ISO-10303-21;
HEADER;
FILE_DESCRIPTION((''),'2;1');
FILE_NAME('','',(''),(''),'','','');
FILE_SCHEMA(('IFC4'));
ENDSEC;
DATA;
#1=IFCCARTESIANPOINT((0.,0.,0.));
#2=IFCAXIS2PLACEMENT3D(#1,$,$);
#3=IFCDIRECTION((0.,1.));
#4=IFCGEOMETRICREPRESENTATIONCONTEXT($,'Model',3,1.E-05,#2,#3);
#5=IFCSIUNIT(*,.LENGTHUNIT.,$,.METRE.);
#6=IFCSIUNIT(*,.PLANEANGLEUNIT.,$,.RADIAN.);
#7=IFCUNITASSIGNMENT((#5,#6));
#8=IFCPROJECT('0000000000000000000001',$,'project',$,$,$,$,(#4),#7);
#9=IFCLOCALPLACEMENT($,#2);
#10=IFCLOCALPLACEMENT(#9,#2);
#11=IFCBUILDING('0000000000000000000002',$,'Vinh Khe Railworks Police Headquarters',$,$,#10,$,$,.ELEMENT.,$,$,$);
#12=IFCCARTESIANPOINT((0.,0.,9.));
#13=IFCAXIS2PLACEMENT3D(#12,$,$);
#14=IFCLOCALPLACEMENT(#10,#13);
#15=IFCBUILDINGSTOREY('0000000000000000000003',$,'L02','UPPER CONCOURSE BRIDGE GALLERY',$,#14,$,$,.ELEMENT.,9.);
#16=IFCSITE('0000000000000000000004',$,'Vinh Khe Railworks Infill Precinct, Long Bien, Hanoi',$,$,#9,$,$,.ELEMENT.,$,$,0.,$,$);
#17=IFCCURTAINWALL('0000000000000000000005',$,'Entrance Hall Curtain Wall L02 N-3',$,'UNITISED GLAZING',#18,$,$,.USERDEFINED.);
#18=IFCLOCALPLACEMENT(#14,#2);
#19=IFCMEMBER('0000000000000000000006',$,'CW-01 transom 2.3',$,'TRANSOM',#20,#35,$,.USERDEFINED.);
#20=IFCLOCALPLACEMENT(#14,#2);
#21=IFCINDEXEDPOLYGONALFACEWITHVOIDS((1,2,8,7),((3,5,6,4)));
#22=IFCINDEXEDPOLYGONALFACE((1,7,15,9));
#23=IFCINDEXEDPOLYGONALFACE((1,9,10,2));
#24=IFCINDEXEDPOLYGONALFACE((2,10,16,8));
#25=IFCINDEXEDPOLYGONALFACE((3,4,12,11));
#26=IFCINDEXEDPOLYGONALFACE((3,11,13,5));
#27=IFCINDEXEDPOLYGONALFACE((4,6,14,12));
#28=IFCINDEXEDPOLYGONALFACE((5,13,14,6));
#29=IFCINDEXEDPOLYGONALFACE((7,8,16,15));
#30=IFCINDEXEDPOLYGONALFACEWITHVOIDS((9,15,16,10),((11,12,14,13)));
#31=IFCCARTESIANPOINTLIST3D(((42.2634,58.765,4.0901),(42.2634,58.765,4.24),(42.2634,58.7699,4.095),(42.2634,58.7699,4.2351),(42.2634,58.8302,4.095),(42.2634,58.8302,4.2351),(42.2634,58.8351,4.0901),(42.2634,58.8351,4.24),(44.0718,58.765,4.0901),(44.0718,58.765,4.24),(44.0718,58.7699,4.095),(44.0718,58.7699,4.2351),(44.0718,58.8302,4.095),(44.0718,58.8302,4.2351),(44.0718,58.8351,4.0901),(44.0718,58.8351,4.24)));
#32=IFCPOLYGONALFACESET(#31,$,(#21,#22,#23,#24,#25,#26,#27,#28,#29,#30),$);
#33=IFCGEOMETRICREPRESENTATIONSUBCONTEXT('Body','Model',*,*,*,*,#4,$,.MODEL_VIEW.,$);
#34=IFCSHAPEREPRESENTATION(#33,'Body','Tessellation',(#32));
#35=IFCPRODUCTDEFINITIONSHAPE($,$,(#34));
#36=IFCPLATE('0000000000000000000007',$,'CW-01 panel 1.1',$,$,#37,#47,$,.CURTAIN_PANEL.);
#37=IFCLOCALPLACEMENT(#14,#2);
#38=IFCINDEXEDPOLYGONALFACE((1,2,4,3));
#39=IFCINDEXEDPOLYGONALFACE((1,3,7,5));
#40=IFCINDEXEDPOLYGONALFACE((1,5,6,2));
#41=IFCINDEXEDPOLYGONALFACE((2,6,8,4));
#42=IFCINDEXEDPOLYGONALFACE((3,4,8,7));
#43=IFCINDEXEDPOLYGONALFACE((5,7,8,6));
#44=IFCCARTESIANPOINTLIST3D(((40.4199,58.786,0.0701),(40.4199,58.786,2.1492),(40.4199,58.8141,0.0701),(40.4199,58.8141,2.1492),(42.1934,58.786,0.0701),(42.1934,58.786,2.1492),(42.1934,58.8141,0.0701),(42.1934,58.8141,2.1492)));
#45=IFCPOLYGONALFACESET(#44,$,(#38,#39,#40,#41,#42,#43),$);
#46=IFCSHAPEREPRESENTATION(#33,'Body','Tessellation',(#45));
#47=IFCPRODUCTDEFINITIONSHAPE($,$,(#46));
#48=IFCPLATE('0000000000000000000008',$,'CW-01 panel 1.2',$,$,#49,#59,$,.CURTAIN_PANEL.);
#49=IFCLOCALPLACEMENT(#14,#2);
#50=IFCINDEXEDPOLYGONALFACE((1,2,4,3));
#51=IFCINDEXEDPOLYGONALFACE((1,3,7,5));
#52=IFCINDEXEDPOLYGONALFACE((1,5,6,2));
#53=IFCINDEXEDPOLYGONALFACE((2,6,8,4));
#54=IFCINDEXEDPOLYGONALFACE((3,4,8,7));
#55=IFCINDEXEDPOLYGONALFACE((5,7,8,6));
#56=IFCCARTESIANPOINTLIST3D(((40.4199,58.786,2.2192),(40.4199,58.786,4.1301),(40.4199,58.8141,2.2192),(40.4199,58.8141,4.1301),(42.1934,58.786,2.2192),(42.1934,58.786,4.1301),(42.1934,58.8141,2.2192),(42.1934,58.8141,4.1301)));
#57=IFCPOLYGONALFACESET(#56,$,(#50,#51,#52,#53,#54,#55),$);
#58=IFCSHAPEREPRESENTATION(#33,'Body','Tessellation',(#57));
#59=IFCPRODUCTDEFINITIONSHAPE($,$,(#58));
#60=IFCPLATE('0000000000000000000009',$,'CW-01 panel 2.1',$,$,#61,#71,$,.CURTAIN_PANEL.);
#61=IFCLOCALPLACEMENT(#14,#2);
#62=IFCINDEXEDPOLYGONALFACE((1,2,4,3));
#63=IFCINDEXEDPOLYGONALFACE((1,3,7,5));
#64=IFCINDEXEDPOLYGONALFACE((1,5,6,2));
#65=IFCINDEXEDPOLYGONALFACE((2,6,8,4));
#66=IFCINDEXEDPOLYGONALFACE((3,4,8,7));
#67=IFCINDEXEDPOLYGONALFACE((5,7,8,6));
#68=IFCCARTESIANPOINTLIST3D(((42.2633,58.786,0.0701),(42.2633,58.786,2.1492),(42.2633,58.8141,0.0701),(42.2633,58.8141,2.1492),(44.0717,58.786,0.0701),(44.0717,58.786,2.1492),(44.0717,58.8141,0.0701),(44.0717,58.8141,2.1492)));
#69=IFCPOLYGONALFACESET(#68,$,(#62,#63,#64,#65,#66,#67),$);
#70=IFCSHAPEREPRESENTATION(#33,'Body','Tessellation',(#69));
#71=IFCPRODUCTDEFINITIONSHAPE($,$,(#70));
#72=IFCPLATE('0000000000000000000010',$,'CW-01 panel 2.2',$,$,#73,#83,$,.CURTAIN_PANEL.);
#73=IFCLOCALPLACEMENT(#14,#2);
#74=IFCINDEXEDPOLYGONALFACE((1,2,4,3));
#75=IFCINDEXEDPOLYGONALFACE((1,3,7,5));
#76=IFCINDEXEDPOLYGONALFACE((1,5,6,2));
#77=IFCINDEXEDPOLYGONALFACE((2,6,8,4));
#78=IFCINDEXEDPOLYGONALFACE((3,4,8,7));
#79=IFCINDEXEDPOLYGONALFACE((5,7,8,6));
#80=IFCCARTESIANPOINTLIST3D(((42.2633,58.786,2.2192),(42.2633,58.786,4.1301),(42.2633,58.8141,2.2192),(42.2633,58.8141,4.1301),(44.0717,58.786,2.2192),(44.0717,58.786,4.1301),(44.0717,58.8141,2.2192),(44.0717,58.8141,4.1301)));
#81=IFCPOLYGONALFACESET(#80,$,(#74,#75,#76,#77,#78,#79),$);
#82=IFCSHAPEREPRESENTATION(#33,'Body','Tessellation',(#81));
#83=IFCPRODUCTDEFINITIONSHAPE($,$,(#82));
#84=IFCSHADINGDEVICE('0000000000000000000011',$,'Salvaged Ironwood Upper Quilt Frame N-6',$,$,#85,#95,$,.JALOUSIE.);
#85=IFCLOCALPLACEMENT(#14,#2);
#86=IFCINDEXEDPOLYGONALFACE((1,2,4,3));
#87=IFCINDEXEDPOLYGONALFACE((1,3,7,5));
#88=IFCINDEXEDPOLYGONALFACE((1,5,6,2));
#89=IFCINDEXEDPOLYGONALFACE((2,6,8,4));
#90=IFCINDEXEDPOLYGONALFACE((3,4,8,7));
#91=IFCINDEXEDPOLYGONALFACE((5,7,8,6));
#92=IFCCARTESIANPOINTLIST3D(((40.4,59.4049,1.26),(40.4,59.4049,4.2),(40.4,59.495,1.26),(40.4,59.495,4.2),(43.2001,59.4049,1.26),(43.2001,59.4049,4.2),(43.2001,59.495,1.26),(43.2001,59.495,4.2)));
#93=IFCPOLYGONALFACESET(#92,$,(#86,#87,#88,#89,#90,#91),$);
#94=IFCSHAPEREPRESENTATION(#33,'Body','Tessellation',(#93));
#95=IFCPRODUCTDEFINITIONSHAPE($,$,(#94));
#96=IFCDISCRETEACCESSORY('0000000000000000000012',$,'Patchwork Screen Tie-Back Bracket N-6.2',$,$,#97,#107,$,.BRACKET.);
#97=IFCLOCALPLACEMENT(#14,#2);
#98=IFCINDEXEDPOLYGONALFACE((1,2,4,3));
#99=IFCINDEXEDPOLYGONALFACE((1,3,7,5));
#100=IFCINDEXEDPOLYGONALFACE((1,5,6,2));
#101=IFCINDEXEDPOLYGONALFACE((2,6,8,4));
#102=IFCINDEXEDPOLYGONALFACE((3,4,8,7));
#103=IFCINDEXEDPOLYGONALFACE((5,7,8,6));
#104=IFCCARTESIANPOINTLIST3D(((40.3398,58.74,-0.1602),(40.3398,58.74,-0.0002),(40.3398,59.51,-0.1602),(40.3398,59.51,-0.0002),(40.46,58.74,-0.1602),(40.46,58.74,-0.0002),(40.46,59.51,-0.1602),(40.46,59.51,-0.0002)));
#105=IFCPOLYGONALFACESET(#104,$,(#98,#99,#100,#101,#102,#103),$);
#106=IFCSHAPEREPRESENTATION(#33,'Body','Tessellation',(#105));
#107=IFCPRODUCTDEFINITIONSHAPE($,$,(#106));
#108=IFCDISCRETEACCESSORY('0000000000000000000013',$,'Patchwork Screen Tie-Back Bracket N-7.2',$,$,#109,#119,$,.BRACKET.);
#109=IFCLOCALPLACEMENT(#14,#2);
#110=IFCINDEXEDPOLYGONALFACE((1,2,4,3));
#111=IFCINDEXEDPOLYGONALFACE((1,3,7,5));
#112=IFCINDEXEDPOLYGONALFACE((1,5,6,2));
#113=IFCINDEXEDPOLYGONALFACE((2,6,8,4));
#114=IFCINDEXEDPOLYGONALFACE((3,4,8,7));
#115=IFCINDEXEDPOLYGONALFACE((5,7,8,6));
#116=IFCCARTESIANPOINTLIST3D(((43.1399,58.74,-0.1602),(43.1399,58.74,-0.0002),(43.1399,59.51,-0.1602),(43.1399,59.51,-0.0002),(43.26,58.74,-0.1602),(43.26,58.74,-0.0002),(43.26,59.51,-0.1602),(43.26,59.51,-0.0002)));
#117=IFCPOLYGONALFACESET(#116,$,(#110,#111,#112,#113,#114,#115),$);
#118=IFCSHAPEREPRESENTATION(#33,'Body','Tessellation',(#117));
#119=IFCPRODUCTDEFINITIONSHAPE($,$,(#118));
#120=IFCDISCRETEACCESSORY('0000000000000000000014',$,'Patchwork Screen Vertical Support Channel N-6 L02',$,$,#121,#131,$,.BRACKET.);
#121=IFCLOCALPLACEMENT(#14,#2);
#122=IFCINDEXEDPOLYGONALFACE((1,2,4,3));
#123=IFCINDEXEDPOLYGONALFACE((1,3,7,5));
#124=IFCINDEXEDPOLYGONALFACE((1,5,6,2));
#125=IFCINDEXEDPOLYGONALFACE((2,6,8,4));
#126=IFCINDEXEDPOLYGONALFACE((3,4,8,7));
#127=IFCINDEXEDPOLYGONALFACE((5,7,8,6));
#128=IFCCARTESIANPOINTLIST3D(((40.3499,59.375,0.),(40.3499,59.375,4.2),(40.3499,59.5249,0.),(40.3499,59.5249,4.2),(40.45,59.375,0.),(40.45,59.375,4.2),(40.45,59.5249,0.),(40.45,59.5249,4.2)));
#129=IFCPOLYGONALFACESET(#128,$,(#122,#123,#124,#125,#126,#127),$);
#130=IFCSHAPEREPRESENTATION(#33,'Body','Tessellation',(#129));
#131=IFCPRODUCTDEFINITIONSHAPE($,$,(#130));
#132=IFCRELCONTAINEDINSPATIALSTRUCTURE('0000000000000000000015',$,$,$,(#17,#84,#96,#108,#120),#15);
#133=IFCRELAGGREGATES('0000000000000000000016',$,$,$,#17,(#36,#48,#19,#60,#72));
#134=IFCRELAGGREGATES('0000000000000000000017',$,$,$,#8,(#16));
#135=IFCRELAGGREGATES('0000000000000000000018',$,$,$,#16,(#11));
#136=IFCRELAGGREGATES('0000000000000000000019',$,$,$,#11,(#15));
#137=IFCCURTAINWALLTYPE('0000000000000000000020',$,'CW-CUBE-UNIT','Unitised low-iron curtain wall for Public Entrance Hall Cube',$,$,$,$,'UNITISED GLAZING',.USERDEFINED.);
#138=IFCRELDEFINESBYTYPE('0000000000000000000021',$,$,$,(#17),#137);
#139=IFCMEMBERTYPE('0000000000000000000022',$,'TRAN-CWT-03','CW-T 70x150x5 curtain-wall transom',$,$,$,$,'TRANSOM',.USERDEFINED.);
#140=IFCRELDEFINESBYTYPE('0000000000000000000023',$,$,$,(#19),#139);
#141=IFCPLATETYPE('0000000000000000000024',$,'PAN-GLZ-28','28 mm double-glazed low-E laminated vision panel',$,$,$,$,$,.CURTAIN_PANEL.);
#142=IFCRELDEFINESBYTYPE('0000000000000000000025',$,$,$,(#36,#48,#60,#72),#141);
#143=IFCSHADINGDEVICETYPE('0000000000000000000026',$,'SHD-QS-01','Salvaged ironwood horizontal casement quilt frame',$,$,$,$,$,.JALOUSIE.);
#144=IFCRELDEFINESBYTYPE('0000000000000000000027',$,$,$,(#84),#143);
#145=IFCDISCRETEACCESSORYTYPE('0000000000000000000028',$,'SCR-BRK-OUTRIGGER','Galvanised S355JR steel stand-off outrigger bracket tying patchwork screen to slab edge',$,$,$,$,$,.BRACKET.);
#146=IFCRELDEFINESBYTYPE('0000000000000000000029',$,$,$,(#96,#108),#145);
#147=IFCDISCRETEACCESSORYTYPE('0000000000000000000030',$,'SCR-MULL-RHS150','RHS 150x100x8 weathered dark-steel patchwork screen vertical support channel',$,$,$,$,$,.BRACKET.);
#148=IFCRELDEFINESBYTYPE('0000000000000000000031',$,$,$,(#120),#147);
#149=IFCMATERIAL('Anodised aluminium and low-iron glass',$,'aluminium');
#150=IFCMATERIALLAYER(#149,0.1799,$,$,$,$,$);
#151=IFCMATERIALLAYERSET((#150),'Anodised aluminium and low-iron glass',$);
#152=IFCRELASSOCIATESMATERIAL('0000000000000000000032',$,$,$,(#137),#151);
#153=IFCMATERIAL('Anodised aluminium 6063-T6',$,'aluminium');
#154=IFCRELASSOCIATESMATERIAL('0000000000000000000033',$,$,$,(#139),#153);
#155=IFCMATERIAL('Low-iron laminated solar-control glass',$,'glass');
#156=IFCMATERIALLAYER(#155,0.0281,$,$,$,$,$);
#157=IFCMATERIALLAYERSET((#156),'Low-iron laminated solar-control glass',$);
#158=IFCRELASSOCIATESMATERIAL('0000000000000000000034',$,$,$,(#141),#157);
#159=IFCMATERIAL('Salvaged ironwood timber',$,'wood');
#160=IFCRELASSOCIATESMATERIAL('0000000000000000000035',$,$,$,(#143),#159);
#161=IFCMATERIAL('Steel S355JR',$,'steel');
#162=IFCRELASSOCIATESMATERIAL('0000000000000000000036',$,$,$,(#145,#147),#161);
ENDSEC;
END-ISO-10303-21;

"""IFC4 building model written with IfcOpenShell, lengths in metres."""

from ifc_helpers import new_model, si_unit, direction, frame, origin, origin_2d, place, context, subcontext, project, spatial, rectangle, hollow_rectangle, extrude, material, layer, layer_set, material_profile, profile_set, type_object, element, aggregate, save


model = new_model("IFC4")

# Units and contexts
model_context = context("Model", 3, precision=1e-05, world=origin(), true_north=direction((0.0, 1.0)))
body_context = subcontext(model_context, "Body", "Model", "MODEL_VIEW")
ifc_project = project(units=[si_unit("LENGTHUNIT", "METRE"), si_unit("PLANEANGLEUNIT", "RADIAN")], contexts=[model_context])

# Site, building, storey
site_placement = place(None, origin())
site = spatial("IfcSite", under=ifc_project, at=site_placement, Name="Vinh Khe Railworks Infill Precinct, Long Bien, Hanoi", CompositionType="ELEMENT", RefElevation=0.0)
building_placement = place(site_placement, origin())
building = spatial("IfcBuilding", under=site, at=building_placement, Name="Vinh Khe Railworks Police Headquarters", CompositionType="ELEMENT")
storey_placement = place(building_placement, frame((0.0, 0.0, 9.0)))
storey = spatial("IfcBuildingStorey", under=building, at=storey_placement, Name="L02", Description="UPPER CONCOURSE BRIDGE GALLERY", CompositionType="ELEMENT", Elevation=9.0)

# Shared definitions
ifc_material_1 = material(Name="Steel S355JR", Category="steel")

# Shared definitions
ifc_material_2 = material(Name="Salvaged ironwood timber", Category="wood")

# Curtain wall, member, plates
ifc_material_3 = material(Name="Anodised aluminium and low-iron glass", Category="aluminium")
ifc_layer_1 = layer(ifc_material_3, 0.1799)
ifc_layer_set_1 = layer_set([ifc_layer_1], Name="Anodised aluminium and low-iron glass")
curtain_wall_type = type_object("IfcCurtainWallType", Name="CW-CUBE-UNIT", Description="Unitised low-iron curtain wall for Public Entrance Hall Cube", ElementType="UNITISED GLAZING", PredefinedType="USERDEFINED", material=ifc_layer_set_1)
curtain_wall_placement = place(storey_placement, origin())
curtain_wall = element("IfcCurtainWall", 1, at=curtain_wall_placement, inside=storey, type_object=curtain_wall_type, Name="Entrance Hall Curtain Wall L02 N-3", ObjectType="UNITISED GLAZING", PredefinedType="USERDEFINED")
ifc_material_4 = material(Name="Anodised aluminium 6063-T6", Category="aluminium")
ifc_material_profile_1 = material_profile(ifc_material_4, hollow_rectangle(XDim=0.0701, YDim=0.1499, WallThickness=0.0049, at=origin_2d()), Name="CW-T 70x150x5")
ifc_profile_set_1 = profile_set([ifc_material_profile_1], Name="Anodised aluminium 6063-T6")
member_type_1 = type_object("IfcMemberType", Name="TRAN-CWT-03", Description="CW-T 70x150x5 curtain-wall transom", ElementType="TRANSOM", PredefinedType="USERDEFINED", material=ifc_profile_set_1)
member_1_placement = place(storey_placement, frame((42.2634, 58.8, 4.165), z_axis=(1.0, 0.0, 0.0), x_axis=(0.0, 1.0, 0.0)))
member_1 = element("IfcMember", 2, at=member_1_placement, type_object=member_type_1, Name="CW-01 transom 2.3", ObjectType="TRANSOM", PredefinedType="USERDEFINED", context=body_context, shape_type="SweptSolid", body=[
    extrude(hollow_rectangle(XDim=0.0701, YDim=0.1499, WallThickness=0.0049, at=origin_2d()), origin(), (0.0, 0.0, 1.0), 1.8083),
])
ifc_material_5 = material(Name="Low-iron laminated solar-control glass", Category="glass")
ifc_layer_2 = layer(ifc_material_5, 0.0281)
ifc_layer_set_2 = layer_set([ifc_layer_2], Name="Low-iron laminated solar-control glass")
plate_type = type_object("IfcPlateType", Name="PAN-GLZ-28", Description="28 mm double-glazed low-E laminated vision panel", PredefinedType="CURTAIN_PANEL", material=ifc_layer_set_2)
plate_1_placement = place(storey_placement, frame((41.3066, 58.8, 0.0701), z_axis=(0.0, 0.0, 1.0), x_axis=(1.0, 0.0, 0.0)))
plate_1 = element("IfcPlate", 3, at=plate_1_placement, type_object=plate_type, Name="CW-01 panel 1.1", PredefinedType="CURTAIN_PANEL", context=body_context, shape_type="SweptSolid", body=[
    extrude(rectangle(XDim=1.7734, YDim=0.0281, at=origin_2d()), origin(), (0.0, 0.0, 1.0), 2.0791),
])
plate_2_placement = place(storey_placement, frame((41.3066, 58.8, 2.2192), z_axis=(0.0, 0.0, 1.0), x_axis=(1.0, 0.0, 0.0)))
plate_2 = element("IfcPlate", 4, at=plate_2_placement, type_object=plate_type, Name="CW-01 panel 1.2", PredefinedType="CURTAIN_PANEL", context=body_context, shape_type="SweptSolid", body=[
    extrude(rectangle(XDim=1.7734, YDim=0.0281, at=origin_2d()), origin(), (0.0, 0.0, 1.0), 1.9109),
])
plate_3_placement = place(storey_placement, frame((43.1675, 58.8, 0.0701), z_axis=(0.0, 0.0, 1.0), x_axis=(1.0, 0.0, 0.0)))
plate_3 = element("IfcPlate", 5, at=plate_3_placement, type_object=plate_type, Name="CW-01 panel 2.1", PredefinedType="CURTAIN_PANEL", context=body_context, shape_type="SweptSolid", body=[
    extrude(rectangle(XDim=1.8083, YDim=0.0281, at=origin_2d()), origin(), (0.0, 0.0, 1.0), 2.0791),
])
plate_4_placement = place(storey_placement, frame((43.1675, 58.8, 2.2192), z_axis=(0.0, 0.0, 1.0), x_axis=(1.0, 0.0, 0.0)))
plate_4 = element("IfcPlate", 6, at=plate_4_placement, type_object=plate_type, Name="CW-01 panel 2.2", PredefinedType="CURTAIN_PANEL", context=body_context, shape_type="SweptSolid", body=[
    extrude(rectangle(XDim=1.8083, YDim=0.0281, at=origin_2d()), origin(), (0.0, 0.0, 1.0), 1.9109),
])
aggregate(curtain_wall, [plate_1, plate_2, member_1, plate_3, plate_4])

# Shading device
shading_device_type = type_object("IfcShadingDeviceType", Name="SHD-QS-01", Description="Salvaged ironwood horizontal casement quilt frame", PredefinedType="JALOUSIE", material=ifc_material_2)
shading_device_placement = place(storey_placement, frame((41.8, 59.45, 1.26), z_axis=(0.0, 0.0, 1.0), x_axis=(1.0, 0.0, 0.0)))
element("IfcShadingDevice", 7, at=shading_device_placement, inside=storey, type_object=shading_device_type, Name="Salvaged Ironwood Upper Quilt Frame N-6", PredefinedType="JALOUSIE", context=body_context, shape_type="SweptSolid", body=[
    extrude(rectangle(XDim=2.8, YDim=0.0901, at=origin_2d()), origin(), (0.0, 0.0, 1.0), 2.9399),
])

# Discrete accessories
discrete_accessory_type_1 = type_object("IfcDiscreteAccessoryType", Name="SCR-BRK-OUTRIGGER", Description="Galvanised S355JR steel stand-off outrigger bracket tying patchwork screen to slab edge", PredefinedType="BRACKET", material=ifc_material_1)
for number, where, z_axis, x_axis, name in (
    (8, (40.3999, 59.125, -0.1602), (0.0, 0.0, 1.0), (1.0, 0.0, 0.0), "Patchwork Screen Tie-Back Bracket N-6.2"),
    (9, (43.2, 59.125, -0.1602), (0.0, 0.0, 1.0), (1.0, 0.0, 0.0), "Patchwork Screen Tie-Back Bracket N-7.2"),
):
    element("IfcDiscreteAccessory", number, at=place(storey_placement, frame(where, z_axis=z_axis, x_axis=x_axis)), inside=storey, type_object=discrete_accessory_type_1, Name=name, PredefinedType="BRACKET", context=body_context, shape_type="SweptSolid", body=[
        extrude(rectangle(XDim=0.1201, YDim=0.77, at=origin_2d()), origin(), (0.0, 0.0, 1.0), 0.1599),
    ])
discrete_accessory_type_2 = type_object("IfcDiscreteAccessoryType", Name="SCR-MULL-RHS150", Description="RHS 150x100x8 weathered dark-steel patchwork screen vertical support channel", PredefinedType="BRACKET", material=ifc_material_1)
discrete_accessory_placement = place(storey_placement, frame((40.3999, 59.45, 0.0), z_axis=(0.0, 0.0, 1.0), x_axis=(1.0, 0.0, 0.0)))
element("IfcDiscreteAccessory", 10, at=discrete_accessory_placement, inside=storey, type_object=discrete_accessory_type_2, Name="Patchwork Screen Vertical Support Channel N-6 L02", PredefinedType="BRACKET", context=body_context, shape_type="SweptSolid", body=[
    extrude(rectangle(XDim=0.1001, YDim=0.1499, at=origin_2d()), origin(), (0.0, 0.0, 1.0), 4.2),
])

save(model, "model.ifc")
